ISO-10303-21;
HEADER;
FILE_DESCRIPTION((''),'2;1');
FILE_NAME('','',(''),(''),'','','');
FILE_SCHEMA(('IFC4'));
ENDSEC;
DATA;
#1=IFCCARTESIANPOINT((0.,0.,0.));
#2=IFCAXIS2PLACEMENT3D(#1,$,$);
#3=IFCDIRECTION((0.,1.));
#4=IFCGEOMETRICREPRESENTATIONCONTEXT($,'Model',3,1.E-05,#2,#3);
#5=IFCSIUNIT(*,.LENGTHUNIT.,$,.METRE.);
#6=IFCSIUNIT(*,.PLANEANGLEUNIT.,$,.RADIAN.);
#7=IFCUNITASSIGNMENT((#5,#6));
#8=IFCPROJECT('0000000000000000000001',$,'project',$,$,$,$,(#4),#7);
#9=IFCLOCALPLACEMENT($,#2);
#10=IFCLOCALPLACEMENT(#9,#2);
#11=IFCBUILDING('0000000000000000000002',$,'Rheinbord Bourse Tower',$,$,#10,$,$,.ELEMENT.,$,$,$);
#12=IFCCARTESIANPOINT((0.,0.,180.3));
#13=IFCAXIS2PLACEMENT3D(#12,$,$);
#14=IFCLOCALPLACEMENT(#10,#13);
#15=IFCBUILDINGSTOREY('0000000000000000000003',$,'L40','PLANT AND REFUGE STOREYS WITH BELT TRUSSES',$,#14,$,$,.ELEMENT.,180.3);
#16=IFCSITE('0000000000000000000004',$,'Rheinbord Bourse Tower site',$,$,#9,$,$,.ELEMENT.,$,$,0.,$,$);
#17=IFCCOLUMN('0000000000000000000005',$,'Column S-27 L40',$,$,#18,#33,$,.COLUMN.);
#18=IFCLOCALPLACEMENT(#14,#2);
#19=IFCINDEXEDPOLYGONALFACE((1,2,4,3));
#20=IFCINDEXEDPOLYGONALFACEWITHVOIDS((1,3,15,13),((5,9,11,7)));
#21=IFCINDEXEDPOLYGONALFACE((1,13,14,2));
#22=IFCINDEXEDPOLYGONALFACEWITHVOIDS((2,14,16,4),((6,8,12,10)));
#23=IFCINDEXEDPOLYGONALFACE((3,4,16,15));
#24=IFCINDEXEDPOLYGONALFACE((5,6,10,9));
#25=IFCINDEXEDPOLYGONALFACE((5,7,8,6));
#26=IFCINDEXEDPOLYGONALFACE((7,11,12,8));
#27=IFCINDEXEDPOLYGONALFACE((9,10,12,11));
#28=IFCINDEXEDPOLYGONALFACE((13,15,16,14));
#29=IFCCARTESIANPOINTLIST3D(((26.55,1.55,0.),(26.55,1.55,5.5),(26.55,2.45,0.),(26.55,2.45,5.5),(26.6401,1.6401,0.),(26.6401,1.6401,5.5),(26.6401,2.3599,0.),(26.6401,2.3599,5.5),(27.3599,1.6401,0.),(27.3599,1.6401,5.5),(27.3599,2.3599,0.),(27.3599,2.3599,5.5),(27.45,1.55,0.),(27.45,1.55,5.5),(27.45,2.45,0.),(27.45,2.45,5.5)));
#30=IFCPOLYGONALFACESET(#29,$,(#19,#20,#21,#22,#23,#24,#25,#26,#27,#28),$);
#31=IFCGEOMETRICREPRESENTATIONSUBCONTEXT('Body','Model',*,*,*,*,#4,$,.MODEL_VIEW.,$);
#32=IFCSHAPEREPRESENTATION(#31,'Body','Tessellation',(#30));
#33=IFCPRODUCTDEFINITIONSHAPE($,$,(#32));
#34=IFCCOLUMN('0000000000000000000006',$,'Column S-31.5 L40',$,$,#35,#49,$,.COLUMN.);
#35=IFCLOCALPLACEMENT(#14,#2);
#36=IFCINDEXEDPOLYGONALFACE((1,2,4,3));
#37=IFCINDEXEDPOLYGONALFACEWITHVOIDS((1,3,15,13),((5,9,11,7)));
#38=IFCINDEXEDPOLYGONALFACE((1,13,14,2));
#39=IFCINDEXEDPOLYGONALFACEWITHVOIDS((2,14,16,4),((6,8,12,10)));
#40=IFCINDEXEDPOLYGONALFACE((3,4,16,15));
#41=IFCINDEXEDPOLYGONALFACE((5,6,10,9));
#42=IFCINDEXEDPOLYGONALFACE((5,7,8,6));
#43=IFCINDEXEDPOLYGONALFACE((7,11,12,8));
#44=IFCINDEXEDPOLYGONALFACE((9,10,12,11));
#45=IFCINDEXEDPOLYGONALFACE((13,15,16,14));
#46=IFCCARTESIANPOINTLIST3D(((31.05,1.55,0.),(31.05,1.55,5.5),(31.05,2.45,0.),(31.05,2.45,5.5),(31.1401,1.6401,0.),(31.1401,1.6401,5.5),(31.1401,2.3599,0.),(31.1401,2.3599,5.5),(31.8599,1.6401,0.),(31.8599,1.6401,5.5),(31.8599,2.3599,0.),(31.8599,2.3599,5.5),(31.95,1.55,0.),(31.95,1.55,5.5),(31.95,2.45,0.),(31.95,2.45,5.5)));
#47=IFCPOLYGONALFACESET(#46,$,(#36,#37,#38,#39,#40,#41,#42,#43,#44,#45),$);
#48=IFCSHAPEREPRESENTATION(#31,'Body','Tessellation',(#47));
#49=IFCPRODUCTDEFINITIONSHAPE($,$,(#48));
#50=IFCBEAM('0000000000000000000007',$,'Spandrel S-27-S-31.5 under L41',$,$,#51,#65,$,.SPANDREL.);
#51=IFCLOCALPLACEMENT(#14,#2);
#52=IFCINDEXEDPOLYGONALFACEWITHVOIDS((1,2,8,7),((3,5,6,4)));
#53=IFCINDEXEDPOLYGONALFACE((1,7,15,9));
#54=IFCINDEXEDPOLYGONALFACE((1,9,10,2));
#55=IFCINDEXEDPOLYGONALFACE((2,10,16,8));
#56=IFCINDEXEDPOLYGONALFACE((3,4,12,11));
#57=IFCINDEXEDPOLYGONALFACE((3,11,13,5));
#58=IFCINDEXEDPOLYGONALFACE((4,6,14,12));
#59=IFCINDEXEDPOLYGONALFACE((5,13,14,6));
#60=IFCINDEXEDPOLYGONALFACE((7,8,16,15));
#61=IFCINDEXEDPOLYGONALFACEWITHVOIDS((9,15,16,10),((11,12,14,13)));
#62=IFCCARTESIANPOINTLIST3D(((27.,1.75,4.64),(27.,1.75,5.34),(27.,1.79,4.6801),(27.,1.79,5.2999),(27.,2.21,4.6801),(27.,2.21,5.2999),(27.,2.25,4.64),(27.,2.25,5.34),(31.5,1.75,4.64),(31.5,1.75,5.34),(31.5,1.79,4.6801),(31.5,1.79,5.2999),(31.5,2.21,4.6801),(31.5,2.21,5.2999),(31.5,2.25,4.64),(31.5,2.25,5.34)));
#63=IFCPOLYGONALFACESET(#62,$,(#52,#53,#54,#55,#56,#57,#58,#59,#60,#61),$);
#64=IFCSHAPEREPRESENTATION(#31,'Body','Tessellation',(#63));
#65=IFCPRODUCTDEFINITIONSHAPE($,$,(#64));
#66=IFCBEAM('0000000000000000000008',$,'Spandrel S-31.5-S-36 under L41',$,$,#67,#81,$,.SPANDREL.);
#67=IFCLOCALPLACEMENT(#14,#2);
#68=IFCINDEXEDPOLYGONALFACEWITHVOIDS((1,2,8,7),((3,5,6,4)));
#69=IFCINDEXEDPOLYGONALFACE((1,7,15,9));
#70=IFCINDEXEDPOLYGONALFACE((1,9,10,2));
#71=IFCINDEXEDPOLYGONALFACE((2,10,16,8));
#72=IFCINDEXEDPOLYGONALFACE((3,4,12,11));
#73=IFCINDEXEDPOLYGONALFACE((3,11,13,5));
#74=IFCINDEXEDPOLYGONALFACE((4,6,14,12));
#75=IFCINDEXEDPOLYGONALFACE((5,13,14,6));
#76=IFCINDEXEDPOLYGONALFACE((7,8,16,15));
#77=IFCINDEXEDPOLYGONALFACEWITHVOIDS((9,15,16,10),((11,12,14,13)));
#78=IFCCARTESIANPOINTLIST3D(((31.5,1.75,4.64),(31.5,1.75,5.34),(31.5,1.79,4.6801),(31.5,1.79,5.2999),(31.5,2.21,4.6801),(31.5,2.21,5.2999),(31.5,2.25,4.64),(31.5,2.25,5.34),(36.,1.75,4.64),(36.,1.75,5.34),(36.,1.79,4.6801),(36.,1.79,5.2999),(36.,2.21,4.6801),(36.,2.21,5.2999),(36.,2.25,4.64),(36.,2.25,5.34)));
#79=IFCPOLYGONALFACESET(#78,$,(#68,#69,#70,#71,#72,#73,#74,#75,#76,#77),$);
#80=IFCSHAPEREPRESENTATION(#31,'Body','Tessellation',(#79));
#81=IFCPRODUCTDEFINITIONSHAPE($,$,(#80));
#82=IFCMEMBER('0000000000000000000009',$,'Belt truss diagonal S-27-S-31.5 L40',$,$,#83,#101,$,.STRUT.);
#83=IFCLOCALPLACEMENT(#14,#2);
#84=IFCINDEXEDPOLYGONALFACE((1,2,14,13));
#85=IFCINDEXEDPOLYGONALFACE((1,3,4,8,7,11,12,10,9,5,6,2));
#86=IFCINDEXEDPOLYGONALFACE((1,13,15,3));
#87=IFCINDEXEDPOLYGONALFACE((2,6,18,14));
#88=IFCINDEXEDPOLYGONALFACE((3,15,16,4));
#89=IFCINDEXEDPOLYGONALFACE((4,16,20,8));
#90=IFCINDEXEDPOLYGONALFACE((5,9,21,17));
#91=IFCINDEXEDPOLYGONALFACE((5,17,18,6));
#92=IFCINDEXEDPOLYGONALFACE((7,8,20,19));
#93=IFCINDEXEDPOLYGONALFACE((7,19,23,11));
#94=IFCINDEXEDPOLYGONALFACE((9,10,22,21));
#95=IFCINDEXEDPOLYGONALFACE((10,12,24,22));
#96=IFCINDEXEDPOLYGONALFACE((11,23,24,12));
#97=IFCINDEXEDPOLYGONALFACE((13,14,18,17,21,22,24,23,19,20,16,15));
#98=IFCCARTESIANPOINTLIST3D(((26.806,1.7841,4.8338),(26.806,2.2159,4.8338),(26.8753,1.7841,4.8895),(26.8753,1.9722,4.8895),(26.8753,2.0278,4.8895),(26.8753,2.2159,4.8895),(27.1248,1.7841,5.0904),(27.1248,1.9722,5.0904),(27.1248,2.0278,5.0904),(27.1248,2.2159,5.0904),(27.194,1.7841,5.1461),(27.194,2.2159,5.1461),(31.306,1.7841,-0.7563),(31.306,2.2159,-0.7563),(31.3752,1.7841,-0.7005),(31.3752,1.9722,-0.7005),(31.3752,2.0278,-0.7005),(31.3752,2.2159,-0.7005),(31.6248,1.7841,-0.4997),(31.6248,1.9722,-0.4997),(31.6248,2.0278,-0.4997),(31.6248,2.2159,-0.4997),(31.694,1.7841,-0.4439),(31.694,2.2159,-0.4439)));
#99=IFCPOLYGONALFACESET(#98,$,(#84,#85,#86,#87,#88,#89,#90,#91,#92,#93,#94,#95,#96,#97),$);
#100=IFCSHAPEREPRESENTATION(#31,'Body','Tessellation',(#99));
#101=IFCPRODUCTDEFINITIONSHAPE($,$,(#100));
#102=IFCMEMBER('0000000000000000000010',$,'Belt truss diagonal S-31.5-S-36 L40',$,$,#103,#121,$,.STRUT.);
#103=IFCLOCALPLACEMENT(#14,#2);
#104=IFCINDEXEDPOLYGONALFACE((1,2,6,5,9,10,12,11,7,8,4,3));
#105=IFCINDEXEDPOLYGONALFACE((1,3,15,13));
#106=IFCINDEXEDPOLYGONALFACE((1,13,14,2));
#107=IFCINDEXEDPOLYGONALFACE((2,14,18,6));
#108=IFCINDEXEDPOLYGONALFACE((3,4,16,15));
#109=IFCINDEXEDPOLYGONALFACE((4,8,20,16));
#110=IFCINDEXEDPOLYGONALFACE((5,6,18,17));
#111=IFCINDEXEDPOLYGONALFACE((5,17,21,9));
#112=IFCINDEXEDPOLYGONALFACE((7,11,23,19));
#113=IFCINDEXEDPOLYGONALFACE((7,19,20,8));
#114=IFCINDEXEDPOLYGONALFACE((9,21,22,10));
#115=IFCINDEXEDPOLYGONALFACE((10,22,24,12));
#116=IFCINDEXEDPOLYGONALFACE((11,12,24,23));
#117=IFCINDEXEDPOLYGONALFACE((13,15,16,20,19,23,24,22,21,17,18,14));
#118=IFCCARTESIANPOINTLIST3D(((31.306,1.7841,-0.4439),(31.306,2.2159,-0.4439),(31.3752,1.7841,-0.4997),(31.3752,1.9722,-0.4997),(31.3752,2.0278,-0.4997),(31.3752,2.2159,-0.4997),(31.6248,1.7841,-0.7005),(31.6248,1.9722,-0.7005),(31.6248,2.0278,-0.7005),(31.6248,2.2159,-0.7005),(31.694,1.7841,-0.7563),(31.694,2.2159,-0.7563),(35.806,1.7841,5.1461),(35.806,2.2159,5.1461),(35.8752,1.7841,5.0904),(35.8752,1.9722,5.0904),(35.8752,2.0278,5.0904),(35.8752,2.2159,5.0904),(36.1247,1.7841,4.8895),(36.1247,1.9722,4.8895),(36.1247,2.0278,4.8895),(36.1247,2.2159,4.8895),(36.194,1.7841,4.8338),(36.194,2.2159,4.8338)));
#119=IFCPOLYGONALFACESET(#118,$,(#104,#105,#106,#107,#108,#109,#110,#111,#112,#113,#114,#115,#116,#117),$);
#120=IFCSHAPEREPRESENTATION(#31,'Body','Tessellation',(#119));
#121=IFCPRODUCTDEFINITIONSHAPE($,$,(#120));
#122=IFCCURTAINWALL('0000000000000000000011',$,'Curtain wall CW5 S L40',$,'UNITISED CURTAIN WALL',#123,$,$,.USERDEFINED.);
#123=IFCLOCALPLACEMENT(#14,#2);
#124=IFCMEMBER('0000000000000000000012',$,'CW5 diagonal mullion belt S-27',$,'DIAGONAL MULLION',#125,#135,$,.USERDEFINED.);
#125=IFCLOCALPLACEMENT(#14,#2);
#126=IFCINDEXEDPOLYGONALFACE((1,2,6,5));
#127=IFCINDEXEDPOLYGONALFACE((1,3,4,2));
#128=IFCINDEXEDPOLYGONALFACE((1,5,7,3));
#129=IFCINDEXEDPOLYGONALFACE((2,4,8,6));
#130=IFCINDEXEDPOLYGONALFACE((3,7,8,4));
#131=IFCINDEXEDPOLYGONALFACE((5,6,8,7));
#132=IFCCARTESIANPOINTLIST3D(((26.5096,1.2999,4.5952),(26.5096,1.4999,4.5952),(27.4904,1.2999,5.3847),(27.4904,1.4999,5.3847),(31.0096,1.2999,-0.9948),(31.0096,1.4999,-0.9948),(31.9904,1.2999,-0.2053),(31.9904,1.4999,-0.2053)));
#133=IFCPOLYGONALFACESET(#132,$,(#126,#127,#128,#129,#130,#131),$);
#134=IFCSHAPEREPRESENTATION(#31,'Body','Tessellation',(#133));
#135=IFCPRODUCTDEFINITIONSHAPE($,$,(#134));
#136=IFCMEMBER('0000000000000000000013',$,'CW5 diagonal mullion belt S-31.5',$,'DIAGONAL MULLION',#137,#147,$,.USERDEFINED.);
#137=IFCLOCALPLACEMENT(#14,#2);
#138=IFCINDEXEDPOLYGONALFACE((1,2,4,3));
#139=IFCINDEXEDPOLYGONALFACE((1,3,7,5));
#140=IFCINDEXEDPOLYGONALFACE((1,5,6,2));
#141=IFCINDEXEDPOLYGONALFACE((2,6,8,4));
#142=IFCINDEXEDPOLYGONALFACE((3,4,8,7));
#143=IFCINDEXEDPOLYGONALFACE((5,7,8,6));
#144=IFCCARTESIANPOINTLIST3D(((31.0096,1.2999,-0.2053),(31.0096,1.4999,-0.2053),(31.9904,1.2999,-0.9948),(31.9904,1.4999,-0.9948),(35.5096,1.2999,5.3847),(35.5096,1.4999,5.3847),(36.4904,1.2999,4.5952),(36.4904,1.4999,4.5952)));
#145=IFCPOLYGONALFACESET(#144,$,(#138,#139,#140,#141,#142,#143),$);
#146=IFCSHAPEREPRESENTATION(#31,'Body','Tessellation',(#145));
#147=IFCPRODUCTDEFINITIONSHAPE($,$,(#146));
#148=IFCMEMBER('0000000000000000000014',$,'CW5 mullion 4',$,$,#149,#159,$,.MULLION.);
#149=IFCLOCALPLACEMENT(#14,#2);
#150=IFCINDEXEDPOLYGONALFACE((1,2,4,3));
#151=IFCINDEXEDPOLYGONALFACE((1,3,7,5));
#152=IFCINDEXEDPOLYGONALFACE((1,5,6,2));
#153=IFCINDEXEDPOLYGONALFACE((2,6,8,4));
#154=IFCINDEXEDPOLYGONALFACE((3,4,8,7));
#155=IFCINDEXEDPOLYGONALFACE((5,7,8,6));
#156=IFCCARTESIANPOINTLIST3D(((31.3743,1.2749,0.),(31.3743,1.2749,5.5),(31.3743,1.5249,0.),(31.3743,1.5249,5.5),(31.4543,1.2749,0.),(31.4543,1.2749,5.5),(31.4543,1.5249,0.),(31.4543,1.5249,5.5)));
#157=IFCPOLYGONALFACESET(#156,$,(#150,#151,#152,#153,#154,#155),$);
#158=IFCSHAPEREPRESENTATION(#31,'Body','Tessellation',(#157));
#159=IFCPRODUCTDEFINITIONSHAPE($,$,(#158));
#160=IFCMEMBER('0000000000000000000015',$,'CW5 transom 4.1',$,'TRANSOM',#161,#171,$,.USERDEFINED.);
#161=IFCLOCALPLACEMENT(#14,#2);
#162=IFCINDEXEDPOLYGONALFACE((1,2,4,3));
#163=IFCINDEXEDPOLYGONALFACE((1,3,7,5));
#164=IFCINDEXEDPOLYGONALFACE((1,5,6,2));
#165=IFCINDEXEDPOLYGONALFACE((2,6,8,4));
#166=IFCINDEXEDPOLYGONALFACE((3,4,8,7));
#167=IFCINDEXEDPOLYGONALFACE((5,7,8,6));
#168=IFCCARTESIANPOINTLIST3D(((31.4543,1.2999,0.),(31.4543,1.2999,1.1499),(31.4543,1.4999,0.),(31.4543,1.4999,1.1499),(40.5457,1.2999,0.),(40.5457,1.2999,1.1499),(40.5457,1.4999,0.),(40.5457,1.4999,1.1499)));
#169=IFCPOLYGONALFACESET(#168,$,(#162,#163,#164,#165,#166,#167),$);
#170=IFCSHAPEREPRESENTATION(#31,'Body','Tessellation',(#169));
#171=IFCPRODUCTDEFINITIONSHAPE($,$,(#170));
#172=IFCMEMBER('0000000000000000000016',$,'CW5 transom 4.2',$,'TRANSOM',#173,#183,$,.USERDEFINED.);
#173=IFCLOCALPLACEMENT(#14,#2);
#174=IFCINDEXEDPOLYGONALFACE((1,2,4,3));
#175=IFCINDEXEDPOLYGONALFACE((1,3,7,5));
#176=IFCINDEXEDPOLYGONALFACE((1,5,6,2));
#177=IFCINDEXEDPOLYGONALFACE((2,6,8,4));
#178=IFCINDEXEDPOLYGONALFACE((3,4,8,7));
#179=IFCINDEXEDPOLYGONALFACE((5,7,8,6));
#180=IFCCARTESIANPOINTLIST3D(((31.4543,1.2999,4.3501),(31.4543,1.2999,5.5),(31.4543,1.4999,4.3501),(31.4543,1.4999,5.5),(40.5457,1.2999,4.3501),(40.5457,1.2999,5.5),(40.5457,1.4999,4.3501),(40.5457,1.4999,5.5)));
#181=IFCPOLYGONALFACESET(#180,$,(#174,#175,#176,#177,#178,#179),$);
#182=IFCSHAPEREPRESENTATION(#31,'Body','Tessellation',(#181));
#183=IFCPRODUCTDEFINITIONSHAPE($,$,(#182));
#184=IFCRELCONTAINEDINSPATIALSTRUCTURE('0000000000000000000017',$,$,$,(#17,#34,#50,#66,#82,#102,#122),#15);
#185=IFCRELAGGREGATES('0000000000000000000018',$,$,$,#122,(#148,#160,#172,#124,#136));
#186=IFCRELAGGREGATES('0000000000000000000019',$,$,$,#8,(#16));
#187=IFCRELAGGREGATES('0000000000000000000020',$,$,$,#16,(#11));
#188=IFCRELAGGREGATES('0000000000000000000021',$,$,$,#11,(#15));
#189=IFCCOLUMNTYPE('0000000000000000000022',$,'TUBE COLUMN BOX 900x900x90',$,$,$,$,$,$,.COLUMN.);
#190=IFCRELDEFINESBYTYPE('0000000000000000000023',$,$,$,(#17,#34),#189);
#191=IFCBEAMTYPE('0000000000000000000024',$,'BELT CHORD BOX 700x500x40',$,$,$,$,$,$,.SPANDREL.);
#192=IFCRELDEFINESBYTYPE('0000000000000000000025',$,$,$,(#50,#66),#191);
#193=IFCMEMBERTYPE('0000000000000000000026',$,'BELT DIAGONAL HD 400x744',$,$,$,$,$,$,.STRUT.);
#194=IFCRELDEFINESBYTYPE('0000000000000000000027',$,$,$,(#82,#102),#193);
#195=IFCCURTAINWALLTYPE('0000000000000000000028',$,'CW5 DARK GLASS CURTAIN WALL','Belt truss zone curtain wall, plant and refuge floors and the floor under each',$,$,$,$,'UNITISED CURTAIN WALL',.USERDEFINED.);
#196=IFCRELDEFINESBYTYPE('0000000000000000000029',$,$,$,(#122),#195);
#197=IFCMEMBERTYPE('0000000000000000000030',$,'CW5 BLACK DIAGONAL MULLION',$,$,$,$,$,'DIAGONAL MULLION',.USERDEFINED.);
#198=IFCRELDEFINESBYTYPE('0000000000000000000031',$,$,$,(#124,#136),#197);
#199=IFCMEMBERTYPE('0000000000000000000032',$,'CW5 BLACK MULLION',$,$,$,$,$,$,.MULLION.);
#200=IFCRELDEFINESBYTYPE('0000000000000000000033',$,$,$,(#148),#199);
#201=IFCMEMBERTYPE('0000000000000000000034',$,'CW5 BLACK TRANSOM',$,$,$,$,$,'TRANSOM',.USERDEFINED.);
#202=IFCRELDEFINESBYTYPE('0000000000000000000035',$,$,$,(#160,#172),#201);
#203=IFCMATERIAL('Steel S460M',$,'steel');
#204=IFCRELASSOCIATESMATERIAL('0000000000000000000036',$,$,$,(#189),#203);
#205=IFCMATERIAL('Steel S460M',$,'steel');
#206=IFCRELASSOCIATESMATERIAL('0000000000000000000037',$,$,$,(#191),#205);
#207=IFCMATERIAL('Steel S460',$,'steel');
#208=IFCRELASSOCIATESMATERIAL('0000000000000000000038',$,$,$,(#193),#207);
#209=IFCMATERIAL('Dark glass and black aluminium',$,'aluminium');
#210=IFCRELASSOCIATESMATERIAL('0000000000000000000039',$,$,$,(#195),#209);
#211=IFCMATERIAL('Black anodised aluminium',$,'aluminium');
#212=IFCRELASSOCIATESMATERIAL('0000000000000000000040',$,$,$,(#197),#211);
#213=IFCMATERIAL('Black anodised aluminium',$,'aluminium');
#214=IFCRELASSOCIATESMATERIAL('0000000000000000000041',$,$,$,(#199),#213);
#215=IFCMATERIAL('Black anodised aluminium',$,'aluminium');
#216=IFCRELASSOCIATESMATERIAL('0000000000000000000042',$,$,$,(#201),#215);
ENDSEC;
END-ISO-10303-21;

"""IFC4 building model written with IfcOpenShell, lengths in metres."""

from ifc_helpers import new_model, si_unit, direction, frame, origin, origin_2d, place, context, subcontext, project, spatial, rectangle, hollow_rectangle, i_section, extrude, material, material_profile, profile_set, type_object, element, aggregate, save


model = new_model("IFC4")

# Units and contexts
model_context = context("Model", 3, precision=1e-05, world=origin(), true_north=direction((0.0, 1.0)))
body_context = subcontext(model_context, "Body", "Model", "MODEL_VIEW")
ifc_project = project(units=[si_unit("LENGTHUNIT", "METRE"), si_unit("PLANEANGLEUNIT", "RADIAN")], contexts=[model_context])

# Site, building, storey
site_placement = place(None, origin())
site = spatial("IfcSite", under=ifc_project, at=site_placement, Name="Rheinbord Bourse Tower site", CompositionType="ELEMENT", RefElevation=0.0)
building_placement = place(site_placement, origin())
building = spatial("IfcBuilding", under=site, at=building_placement, Name="Rheinbord Bourse Tower", CompositionType="ELEMENT")
storey_placement = place(building_placement, frame((0.0, 0.0, 180.3)))
storey = spatial("IfcBuildingStorey", under=building, at=storey_placement, Name="L40", Description="PLANT AND REFUGE STOREYS WITH BELT TRUSSES", CompositionType="ELEMENT", Elevation=180.3)

# Columns
ifc_material_1 = material(Name="Steel S460M", Category="steel")
ifc_material_profile_1 = material_profile(ifc_material_1, hollow_rectangle(XDim=0.8999, YDim=0.8999, WallThickness=0.0901, at=origin_2d()), Name="BOX 900x900x90")
ifc_profile_set_1 = profile_set([ifc_material_profile_1], Name="Steel S460M")
column_type = type_object("IfcColumnType", Name="TUBE COLUMN BOX 900x900x90", PredefinedType="COLUMN", material=ifc_profile_set_1)
for number, where, z_axis, x_axis, name in (
    (1, (27.0, 2.0, 0.0), (0.0, 0.0, 1.0), (0.0, 1.0, 0.0), "Column S-27 L40"),
    (2, (31.5, 2.0, 0.0), (0.0, 0.0, 1.0), (0.0, 1.0, 0.0), "Column S-31.5 L40"),
):
    element("IfcColumn", number, at=place(storey_placement, frame(where, z_axis=z_axis, x_axis=x_axis)), inside=storey, type_object=column_type, Name=name, PredefinedType="COLUMN", context=body_context, shape_type="SweptSolid", body=[
        extrude(hollow_rectangle(XDim=0.8999, YDim=0.8999, WallThickness=0.0901, at=origin_2d()), origin(), (0.0, 0.0, 1.0), 5.5),
    ])

# Beams
ifc_material_2 = material(Name="Steel S460M", Category="steel")
ifc_material_profile_2 = material_profile(ifc_material_2, hollow_rectangle(XDim=0.5, YDim=0.7, WallThickness=0.04, at=origin_2d()), Name="BOX 700x500x40")
ifc_profile_set_2 = profile_set([ifc_material_profile_2], Name="Steel S460M")
beam_type_1 = type_object("IfcBeamType", Name="BELT CHORD BOX 700x500x40", PredefinedType="SPANDREL", material=ifc_profile_set_2)
for number, where, z_axis, x_axis, name in (
    (3, (27.0, 2.0, 4.99), (1.0, 0.0, 0.0), (0.0, 1.0, 0.0), "Spandrel S-27-S-31.5 under L41"),
    (4, (31.5, 2.0, 4.99), (1.0, 0.0, 0.0), (0.0, 1.0, 0.0), "Spandrel S-31.5-S-36 under L41"),
):
    element("IfcBeam", number, at=place(storey_placement, frame(where, z_axis=z_axis, x_axis=x_axis)), inside=storey, type_object=beam_type_1, Name=name, PredefinedType="SPANDREL", context=body_context, shape_type="SweptSolid", body=[
        extrude(hollow_rectangle(XDim=0.5, YDim=0.7, WallThickness=0.04, at=origin_2d()), origin(), (0.0, 0.0, 1.0), 4.5),
    ])

# Members
ifc_material_3 = material(Name="Steel S460", Category="steel")
ifc_material_profile_3 = material_profile(ifc_material_3, i_section(OverallWidth=0.4319, OverallDepth=0.498, WebThickness=0.0557, FlangeThickness=0.0889, at=origin_2d()), Name="HD 400x744")
ifc_profile_set_3 = profile_set([ifc_material_profile_3], Name="Steel S460")
member_type_1 = type_object("IfcMemberType", Name="BELT DIAGONAL HD 400x744", PredefinedType="STRUT", material=ifc_profile_set_3)
for number, where, z_axis, x_axis, name in (
    (5, (31.5, 2.0, -0.6001), (-0.627065, 0.0, 0.778967), (0.0, -1.0, 0.0), "Belt truss diagonal S-27-S-31.5 L40"),
    (6, (31.5, 2.0, -0.6001), (0.627065, 0.0, 0.778967), (0.0, 1.0, 0.0), "Belt truss diagonal S-31.5-S-36 L40"),
):
    element("IfcMember", number, at=place(storey_placement, frame(where, z_axis=z_axis, x_axis=x_axis)), inside=storey, type_object=member_type_1, Name=name, PredefinedType="STRUT", context=body_context, shape_type="SweptSolid", body=[
        extrude(i_section(OverallWidth=0.4319, OverallDepth=0.498, WebThickness=0.0557, FlangeThickness=0.0889, at=origin_2d()), origin(), (0.0, 0.0, 1.0), 7.1763),
    ])

# Curtain wall, members
ifc_material_4 = material(Name="Dark glass and black aluminium", Category="aluminium")
curtain_wall_type = type_object("IfcCurtainWallType", Name="CW5 DARK GLASS CURTAIN WALL", Description="Belt truss zone curtain wall, plant and refuge floors and the floor under each", ElementType="UNITISED CURTAIN WALL", PredefinedType="USERDEFINED", material=ifc_material_4)
curtain_wall_placement = place(storey_placement, origin())
curtain_wall = element("IfcCurtainWall", 7, at=curtain_wall_placement, inside=storey, type_object=curtain_wall_type, Name="Curtain wall CW5 S L40", ObjectType="UNITISED CURTAIN WALL", PredefinedType="USERDEFINED")
ifc_material_5 = material(Name="Black anodised aluminium", Category="aluminium")
ifc_material_profile_4 = material_profile(ifc_material_5, rectangle(XDim=0.2, YDim=1.259, at=origin_2d()), Name="CW5 DIAGONAL MULLION 1259x200")
ifc_profile_set_4 = profile_set([ifc_material_profile_4], Name="Black anodised aluminium")
member_type_2 = type_object("IfcMemberType", Name="CW5 BLACK DIAGONAL MULLION", ElementType="DIAGONAL MULLION", PredefinedType="USERDEFINED", material=ifc_profile_set_4)
member_1_placement = place(storey_placement, frame((31.5, 1.3999, -0.6001), z_axis=(-0.627065, 0.0, 0.778967), x_axis=(0.0, -1.0, 0.0)))
member_1 = element("IfcMember", 8, at=member_1_placement, type_object=member_type_2, Name="CW5 diagonal mullion belt S-27", ObjectType="DIAGONAL MULLION", PredefinedType="USERDEFINED", context=body_context, shape_type="SweptSolid", body=[
    extrude(rectangle(XDim=0.2, YDim=1.259, at=origin_2d()), origin(), (0.0, 0.0, 1.0), 7.1763),
])
member_2_placement = place(storey_placement, frame((31.5, 1.3999, -0.6001), z_axis=(0.627065, 0.0, 0.778967), x_axis=(0.0, 1.0, 0.0)))
member_2 = element("IfcMember", 9, at=member_2_placement, type_object=member_type_2, Name="CW5 diagonal mullion belt S-31.5", ObjectType="DIAGONAL MULLION", PredefinedType="USERDEFINED", context=body_context, shape_type="SweptSolid", body=[
    extrude(rectangle(XDim=0.2, YDim=1.259, at=origin_2d()), origin(), (0.0, 0.0, 1.0), 7.1763),
])
ifc_material_6 = material(Name="Black anodised aluminium", Category="aluminium")
ifc_material_profile_5 = material_profile(ifc_material_6, rectangle(XDim=0.25, YDim=0.0801, at=origin_2d()), Name="CW5 MULLION 80x250")
ifc_profile_set_5 = profile_set([ifc_material_profile_5], Name="Black anodised aluminium")
member_type_3 = type_object("IfcMemberType", Name="CW5 BLACK MULLION", PredefinedType="MULLION", material=ifc_profile_set_5)
member_3_placement = place(storey_placement, frame((31.4143, 1.3999, 0.0), z_axis=(0.0, 0.0, 1.0), x_axis=(0.0, 1.0, 0.0)))
member_3 = element("IfcMember", 10, at=member_3_placement, type_object=member_type_3, Name="CW5 mullion 4", PredefinedType="MULLION", context=body_context, shape_type="SweptSolid", body=[
    extrude(rectangle(XDim=0.25, YDim=0.0801, at=origin_2d()), origin(), (0.0, 0.0, 1.0), 5.5),
])
ifc_material_7 = material(Name="Black anodised aluminium", Category="aluminium")
ifc_material_profile_6 = material_profile(ifc_material_7, rectangle(XDim=0.2, YDim=1.1499, at=origin_2d()), Name="CW5 TRANSOM 1150x200")
ifc_profile_set_6 = profile_set([ifc_material_profile_6], Name="Black anodised aluminium")
member_type_4 = type_object("IfcMemberType", Name="CW5 BLACK TRANSOM", ElementType="TRANSOM", PredefinedType="USERDEFINED", material=ifc_profile_set_6)
member_4_placement = place(storey_placement, frame((31.4543, 1.3999, 0.575), z_axis=(1.0, 0.0, 0.0), x_axis=(0.0, 1.0, 0.0)))
member_4 = element("IfcMember", 11, at=member_4_placement, type_object=member_type_4, Name="CW5 transom 4.1", ObjectType="TRANSOM", PredefinedType="USERDEFINED", context=body_context, shape_type="SweptSolid", body=[
    extrude(rectangle(XDim=0.2, YDim=1.1499, at=origin_2d()), origin(), (0.0, 0.0, 1.0), 9.0913),
])
member_5_placement = place(storey_placement, frame((31.4543, 1.3999, 4.925), z_axis=(1.0, 0.0, 0.0), x_axis=(0.0, 1.0, 0.0)))
member_5 = element("IfcMember", 12, at=member_5_placement, type_object=member_type_4, Name="CW5 transom 4.2", ObjectType="TRANSOM", PredefinedType="USERDEFINED", context=body_context, shape_type="SweptSolid", body=[
    extrude(rectangle(XDim=0.2, YDim=1.1499, at=origin_2d()), origin(), (0.0, 0.0, 1.0), 9.0913),
])

aggregate(curtain_wall, [member_3, member_4, member_5, member_1, member_2])

save(model, "model.ifc")
